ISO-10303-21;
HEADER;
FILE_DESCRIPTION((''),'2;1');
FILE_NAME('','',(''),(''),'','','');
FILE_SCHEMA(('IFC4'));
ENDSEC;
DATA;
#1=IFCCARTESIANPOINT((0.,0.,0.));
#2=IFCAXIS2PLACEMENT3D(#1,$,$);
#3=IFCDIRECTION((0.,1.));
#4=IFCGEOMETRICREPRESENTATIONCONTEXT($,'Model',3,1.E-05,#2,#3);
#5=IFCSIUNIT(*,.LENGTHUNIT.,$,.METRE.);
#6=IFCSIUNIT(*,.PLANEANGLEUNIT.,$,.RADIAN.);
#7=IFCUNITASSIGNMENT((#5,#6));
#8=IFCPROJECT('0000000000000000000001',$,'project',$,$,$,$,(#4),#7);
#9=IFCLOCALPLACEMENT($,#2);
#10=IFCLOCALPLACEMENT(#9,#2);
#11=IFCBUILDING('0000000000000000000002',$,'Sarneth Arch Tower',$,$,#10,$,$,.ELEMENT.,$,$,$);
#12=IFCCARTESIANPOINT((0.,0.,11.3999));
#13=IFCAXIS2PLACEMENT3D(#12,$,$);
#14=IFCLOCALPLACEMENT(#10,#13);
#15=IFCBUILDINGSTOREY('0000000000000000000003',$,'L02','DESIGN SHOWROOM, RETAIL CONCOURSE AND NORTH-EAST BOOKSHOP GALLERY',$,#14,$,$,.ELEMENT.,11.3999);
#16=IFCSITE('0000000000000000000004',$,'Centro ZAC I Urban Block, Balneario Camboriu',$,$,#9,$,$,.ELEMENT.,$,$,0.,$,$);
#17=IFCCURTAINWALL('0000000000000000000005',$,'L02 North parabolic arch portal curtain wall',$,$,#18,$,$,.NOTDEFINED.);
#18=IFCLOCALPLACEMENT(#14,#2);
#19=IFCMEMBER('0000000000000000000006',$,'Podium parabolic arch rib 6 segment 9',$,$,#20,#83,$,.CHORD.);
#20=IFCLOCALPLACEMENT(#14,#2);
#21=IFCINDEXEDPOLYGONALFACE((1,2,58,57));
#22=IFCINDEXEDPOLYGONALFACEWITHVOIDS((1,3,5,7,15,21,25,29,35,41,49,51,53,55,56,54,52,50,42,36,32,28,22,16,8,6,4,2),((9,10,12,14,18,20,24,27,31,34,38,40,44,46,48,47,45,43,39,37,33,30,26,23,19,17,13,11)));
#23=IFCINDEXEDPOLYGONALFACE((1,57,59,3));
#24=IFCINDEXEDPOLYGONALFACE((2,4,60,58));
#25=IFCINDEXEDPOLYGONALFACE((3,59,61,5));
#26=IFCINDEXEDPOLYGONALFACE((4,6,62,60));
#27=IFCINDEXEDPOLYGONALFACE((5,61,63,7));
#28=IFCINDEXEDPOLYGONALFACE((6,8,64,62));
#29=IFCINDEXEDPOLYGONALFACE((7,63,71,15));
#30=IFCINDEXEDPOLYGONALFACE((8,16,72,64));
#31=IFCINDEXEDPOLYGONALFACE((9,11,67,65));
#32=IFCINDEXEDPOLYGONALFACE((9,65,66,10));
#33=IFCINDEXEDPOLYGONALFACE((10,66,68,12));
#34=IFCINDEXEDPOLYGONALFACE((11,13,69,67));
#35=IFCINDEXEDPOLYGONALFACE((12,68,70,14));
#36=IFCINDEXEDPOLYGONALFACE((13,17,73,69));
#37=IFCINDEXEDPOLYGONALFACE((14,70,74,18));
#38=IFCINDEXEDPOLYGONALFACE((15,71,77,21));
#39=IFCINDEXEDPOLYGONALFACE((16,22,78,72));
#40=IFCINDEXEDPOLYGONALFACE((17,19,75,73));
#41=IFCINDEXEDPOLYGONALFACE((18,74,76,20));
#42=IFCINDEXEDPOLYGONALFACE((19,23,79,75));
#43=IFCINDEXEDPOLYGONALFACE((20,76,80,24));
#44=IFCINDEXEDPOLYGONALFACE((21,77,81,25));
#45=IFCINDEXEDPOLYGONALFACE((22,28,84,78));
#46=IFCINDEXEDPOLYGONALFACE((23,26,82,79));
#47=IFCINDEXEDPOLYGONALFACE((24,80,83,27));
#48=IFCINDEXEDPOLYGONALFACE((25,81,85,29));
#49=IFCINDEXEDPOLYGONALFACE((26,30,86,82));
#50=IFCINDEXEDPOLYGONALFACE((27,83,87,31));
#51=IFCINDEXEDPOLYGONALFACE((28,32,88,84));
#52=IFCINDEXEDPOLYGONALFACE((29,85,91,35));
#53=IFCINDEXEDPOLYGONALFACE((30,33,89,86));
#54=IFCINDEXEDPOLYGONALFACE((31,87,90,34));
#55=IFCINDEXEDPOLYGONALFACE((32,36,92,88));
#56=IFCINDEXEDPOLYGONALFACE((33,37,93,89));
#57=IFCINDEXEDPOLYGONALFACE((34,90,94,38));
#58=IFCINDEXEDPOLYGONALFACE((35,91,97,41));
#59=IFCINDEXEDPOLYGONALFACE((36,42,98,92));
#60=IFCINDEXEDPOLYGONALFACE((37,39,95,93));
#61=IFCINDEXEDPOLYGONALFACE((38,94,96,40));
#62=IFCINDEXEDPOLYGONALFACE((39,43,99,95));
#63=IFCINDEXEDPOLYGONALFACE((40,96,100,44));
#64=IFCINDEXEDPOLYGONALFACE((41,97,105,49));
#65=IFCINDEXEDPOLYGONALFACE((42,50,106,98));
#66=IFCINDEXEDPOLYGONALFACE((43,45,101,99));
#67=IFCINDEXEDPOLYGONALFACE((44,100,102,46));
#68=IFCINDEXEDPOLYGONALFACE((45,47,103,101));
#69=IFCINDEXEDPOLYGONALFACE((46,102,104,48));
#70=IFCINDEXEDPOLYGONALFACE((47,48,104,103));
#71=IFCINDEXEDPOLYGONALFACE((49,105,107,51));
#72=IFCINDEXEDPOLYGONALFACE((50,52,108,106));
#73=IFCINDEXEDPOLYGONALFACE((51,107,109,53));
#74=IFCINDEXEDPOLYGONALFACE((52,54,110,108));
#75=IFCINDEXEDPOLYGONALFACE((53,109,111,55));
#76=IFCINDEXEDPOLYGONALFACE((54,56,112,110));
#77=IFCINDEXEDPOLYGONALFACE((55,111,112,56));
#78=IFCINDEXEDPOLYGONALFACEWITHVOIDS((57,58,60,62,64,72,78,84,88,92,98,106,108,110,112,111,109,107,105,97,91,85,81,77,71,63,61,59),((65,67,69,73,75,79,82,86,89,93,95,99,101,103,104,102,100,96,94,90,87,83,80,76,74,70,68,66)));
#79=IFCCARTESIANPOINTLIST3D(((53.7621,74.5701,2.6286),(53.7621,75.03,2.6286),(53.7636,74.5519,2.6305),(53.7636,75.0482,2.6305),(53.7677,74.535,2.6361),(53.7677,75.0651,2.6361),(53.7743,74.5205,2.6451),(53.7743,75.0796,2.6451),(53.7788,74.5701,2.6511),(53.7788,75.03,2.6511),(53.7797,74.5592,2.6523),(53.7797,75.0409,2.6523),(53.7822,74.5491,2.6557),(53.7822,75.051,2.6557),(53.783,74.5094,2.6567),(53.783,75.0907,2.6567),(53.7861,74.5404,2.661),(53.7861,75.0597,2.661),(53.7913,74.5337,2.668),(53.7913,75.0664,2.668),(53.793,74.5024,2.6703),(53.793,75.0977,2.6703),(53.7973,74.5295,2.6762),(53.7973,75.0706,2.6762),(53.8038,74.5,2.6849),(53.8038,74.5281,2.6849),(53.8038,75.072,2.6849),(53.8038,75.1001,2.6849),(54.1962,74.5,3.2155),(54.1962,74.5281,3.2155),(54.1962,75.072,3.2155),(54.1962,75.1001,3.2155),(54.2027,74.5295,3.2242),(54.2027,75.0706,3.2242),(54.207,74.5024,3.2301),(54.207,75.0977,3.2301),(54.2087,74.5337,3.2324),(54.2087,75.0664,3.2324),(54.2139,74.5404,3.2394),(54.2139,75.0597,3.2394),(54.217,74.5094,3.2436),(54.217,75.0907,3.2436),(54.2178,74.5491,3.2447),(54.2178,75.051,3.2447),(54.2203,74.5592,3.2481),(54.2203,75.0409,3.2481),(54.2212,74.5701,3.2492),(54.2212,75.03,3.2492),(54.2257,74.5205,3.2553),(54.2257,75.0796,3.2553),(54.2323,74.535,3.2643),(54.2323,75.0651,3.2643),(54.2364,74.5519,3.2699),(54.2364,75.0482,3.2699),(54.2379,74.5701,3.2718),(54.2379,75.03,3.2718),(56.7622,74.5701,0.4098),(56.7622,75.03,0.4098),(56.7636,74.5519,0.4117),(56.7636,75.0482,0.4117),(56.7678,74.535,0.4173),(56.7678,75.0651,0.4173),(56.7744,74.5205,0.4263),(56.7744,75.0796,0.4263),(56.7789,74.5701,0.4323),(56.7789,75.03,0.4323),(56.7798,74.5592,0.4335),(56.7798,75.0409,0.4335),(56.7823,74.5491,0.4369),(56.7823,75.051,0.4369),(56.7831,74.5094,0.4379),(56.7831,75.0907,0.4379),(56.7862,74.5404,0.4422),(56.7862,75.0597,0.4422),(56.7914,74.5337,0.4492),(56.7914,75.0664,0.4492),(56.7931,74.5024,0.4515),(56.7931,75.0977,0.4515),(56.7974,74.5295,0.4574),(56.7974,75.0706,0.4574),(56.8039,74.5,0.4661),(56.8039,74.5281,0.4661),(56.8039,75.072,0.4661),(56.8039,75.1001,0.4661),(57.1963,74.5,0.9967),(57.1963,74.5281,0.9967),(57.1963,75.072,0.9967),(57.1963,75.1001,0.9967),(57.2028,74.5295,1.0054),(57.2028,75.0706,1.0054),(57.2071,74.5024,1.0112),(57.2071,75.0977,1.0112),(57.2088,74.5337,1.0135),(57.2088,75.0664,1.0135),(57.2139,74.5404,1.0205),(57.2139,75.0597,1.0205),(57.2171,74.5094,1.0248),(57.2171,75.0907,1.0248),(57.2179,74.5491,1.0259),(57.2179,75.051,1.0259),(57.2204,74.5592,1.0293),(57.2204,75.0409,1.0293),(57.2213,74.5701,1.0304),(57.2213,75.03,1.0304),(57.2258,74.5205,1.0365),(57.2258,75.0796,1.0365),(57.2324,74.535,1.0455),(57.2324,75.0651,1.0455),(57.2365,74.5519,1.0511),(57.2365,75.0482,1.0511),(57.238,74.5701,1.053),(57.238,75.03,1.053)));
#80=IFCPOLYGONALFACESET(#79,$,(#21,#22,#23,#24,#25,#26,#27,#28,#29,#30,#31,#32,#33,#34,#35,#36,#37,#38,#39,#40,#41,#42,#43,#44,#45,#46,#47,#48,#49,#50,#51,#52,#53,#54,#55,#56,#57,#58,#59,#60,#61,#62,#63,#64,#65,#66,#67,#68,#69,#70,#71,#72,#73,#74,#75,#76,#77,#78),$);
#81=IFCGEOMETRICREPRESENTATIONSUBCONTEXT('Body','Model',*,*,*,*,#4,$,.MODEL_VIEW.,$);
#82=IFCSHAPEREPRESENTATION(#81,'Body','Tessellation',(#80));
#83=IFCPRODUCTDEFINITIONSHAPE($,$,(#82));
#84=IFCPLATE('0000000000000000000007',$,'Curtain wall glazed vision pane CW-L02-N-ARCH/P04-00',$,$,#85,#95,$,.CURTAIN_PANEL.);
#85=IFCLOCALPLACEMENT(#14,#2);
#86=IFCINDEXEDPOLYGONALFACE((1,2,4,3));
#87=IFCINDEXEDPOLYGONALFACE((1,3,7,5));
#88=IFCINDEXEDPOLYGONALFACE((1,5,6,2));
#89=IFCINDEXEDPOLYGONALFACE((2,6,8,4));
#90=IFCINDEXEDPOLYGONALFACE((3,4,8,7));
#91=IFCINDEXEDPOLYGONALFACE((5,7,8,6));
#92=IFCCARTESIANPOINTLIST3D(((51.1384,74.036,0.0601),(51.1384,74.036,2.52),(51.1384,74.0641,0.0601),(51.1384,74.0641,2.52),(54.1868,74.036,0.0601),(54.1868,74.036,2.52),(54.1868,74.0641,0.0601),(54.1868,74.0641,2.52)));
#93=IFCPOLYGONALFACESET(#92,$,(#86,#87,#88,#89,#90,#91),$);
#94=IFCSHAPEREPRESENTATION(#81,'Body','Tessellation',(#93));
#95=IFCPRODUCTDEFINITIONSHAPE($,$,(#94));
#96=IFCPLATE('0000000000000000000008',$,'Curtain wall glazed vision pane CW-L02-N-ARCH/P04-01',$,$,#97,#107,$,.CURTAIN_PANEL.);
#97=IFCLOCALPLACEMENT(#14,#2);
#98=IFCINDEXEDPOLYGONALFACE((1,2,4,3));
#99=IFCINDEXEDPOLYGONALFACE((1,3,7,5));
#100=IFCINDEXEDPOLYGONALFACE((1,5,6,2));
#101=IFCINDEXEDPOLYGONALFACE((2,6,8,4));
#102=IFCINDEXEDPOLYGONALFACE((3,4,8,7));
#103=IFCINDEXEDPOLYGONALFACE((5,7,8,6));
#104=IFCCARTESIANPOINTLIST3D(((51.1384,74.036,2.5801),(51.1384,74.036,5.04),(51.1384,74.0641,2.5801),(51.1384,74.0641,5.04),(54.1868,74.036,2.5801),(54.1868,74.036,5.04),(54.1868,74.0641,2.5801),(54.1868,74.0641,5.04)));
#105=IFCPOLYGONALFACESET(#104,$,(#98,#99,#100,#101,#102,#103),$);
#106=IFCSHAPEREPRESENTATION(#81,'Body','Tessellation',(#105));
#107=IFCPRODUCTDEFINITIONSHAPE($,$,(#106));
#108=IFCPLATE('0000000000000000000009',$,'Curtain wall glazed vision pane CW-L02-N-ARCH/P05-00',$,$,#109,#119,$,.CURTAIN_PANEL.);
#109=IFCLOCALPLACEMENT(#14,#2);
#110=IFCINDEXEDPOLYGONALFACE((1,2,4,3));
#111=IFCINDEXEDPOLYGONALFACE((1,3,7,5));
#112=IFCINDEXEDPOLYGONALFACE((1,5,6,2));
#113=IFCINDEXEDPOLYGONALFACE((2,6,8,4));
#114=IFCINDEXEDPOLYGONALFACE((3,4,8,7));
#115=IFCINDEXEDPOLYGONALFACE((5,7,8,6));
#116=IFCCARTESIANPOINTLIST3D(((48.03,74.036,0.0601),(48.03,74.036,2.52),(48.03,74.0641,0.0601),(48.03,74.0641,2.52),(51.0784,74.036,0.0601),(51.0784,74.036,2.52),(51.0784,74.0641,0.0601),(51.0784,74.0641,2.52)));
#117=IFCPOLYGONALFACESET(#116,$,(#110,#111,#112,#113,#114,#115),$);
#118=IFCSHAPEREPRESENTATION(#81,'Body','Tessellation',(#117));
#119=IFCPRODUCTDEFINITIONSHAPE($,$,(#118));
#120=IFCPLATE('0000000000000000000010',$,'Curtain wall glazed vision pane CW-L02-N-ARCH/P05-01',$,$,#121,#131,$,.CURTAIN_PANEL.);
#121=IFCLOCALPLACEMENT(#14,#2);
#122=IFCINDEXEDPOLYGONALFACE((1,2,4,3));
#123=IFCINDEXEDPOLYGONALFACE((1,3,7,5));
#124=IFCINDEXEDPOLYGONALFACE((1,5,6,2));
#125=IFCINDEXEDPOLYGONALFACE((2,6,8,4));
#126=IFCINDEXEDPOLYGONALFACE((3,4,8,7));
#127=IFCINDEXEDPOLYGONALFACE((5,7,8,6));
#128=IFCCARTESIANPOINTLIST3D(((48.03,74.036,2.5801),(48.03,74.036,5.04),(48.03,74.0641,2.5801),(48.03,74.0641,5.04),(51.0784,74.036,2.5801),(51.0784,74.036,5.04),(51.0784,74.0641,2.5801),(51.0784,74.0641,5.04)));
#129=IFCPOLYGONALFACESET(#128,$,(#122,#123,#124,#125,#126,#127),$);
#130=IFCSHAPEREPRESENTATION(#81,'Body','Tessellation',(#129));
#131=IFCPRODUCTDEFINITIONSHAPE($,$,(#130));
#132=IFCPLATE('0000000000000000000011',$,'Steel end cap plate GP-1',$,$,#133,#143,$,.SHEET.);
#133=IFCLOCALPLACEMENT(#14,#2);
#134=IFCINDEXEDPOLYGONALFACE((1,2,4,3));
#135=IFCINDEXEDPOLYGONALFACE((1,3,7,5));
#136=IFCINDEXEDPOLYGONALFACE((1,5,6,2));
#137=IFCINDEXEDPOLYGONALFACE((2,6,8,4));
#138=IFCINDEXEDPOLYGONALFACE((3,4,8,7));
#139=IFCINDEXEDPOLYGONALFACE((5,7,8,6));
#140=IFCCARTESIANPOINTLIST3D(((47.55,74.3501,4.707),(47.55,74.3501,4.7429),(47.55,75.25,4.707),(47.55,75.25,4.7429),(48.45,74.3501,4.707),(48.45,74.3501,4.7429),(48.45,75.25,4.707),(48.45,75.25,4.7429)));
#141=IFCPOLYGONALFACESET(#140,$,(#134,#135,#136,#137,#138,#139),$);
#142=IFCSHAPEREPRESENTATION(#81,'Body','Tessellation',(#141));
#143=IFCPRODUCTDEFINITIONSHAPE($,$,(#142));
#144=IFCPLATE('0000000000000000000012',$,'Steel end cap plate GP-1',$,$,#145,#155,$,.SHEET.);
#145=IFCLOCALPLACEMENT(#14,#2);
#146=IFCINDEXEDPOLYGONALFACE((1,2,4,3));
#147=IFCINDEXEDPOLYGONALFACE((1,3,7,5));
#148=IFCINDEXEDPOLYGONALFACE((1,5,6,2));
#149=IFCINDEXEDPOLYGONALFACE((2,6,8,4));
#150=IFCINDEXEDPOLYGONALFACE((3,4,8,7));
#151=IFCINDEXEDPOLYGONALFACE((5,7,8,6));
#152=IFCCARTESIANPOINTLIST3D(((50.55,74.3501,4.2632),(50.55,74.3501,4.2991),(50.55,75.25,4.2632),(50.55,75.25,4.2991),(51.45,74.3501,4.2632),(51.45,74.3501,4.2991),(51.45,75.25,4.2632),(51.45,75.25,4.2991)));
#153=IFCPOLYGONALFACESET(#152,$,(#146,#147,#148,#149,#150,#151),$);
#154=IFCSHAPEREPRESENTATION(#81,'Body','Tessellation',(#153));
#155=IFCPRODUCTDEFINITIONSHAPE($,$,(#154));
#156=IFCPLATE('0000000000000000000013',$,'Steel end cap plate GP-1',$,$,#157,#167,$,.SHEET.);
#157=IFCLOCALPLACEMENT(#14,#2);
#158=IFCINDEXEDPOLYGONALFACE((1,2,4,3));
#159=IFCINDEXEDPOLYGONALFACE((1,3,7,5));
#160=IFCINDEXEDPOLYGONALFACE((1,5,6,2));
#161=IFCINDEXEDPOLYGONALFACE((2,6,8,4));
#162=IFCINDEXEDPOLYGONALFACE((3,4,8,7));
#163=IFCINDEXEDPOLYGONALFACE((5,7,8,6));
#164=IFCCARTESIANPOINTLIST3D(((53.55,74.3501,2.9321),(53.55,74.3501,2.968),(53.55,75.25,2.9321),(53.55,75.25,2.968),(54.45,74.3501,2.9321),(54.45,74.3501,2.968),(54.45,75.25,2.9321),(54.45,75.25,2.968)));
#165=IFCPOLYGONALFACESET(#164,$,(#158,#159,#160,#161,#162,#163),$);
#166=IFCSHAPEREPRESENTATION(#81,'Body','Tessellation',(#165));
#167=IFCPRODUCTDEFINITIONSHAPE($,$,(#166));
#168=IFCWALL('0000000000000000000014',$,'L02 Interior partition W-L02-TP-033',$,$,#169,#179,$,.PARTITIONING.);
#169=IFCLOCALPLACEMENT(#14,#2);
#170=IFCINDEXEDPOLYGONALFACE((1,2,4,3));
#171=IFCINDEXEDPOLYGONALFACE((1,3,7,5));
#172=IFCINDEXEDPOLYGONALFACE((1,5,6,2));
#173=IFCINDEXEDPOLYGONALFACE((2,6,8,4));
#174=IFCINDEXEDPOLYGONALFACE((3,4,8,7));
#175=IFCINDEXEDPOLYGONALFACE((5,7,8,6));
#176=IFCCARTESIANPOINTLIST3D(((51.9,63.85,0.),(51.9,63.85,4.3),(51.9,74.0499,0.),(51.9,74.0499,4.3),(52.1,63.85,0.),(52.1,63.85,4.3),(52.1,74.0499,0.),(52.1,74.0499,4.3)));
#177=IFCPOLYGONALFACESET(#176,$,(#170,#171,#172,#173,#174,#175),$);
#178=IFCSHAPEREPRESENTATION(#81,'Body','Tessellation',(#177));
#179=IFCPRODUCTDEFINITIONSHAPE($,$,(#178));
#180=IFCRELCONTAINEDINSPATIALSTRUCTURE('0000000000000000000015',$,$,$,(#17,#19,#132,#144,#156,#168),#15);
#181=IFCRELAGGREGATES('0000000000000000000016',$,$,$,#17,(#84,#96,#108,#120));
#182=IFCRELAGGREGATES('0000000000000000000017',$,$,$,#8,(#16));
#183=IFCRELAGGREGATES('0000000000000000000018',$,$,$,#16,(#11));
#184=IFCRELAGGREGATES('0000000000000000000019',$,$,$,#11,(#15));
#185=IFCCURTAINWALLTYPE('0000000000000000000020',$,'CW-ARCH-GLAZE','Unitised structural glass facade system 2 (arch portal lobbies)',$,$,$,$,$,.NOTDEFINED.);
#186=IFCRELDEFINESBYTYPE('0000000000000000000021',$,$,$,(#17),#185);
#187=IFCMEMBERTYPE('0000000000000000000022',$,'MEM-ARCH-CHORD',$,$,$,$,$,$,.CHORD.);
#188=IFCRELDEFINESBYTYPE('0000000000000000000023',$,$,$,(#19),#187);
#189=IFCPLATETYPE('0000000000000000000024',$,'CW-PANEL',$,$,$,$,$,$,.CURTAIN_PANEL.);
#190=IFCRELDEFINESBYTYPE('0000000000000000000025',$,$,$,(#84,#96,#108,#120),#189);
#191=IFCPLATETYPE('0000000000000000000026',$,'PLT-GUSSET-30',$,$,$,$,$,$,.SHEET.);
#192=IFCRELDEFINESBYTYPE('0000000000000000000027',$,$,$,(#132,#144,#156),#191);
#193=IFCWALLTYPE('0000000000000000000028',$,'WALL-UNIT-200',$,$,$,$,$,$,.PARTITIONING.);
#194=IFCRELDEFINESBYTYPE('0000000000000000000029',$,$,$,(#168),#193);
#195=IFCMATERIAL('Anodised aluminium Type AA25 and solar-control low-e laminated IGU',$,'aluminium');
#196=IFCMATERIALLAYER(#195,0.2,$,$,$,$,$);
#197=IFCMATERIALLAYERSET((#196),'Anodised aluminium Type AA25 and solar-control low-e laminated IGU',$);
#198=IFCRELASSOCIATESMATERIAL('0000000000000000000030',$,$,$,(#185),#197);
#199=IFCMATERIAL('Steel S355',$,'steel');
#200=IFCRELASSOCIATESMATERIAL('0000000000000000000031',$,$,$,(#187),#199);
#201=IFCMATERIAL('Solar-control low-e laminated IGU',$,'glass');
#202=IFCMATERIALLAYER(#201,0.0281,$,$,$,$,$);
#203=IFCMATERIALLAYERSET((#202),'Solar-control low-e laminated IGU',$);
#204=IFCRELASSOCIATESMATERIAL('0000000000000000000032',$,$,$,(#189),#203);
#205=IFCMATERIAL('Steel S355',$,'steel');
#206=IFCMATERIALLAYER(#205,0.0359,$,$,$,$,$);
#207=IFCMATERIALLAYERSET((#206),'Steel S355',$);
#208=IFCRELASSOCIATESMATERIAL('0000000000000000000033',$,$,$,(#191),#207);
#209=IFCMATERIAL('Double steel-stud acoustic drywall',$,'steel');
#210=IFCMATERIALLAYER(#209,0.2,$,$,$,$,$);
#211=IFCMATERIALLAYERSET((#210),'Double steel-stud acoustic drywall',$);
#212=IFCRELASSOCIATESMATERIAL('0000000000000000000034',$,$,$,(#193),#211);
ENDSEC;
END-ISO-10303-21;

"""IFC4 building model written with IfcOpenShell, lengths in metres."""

from ifc_helpers import new_model, si_unit, direction, frame, frame_2d, origin, origin_2d, place, context, subcontext, project, spatial, rectangle, hollow_rectangle, extrude, material, layer, layer_set, material_profile, profile_set, type_object, element, aggregate, save


model = new_model("IFC4")

# Units and contexts
model_context = context("Model", 3, precision=1e-05, world=origin(), true_north=direction((0.0, 1.0)))
body_context = subcontext(model_context, "Body", "Model", "MODEL_VIEW")
ifc_project = project(units=[si_unit("LENGTHUNIT", "METRE"), si_unit("PLANEANGLEUNIT", "RADIAN")], contexts=[model_context])

# Site, building, storey
site_placement = place(None, origin())
site = spatial("IfcSite", under=ifc_project, at=site_placement, Name="Centro ZAC I Urban Block, Balneario Camboriu", CompositionType="ELEMENT", RefElevation=0.0)
building_placement = place(site_placement, origin())
building = spatial("IfcBuilding", under=site, at=building_placement, Name="Sarneth Arch Tower", CompositionType="ELEMENT")
storey_placement = place(building_placement, frame((0.0, 0.0, 11.3999)))
storey = spatial("IfcBuildingStorey", under=building, at=storey_placement, Name="L02", Description="DESIGN SHOWROOM, RETAIL CONCOURSE AND NORTH-EAST BOOKSHOP GALLERY", CompositionType="ELEMENT", Elevation=11.3999)

# Curtain wall
ifc_material_1 = material(Name="Anodised aluminium Type AA25 and solar-control low-e laminated IGU", Category="aluminium")
ifc_layer_1 = layer(ifc_material_1, 0.2)
ifc_layer_set_1 = layer_set([ifc_layer_1], Name="Anodised aluminium Type AA25 and solar-control low-e laminated IGU")
curtain_wall_type = type_object("IfcCurtainWallType", Name="CW-ARCH-GLAZE", Description="Unitised structural glass facade system 2 (arch portal lobbies)", PredefinedType="NOTDEFINED", material=ifc_layer_set_1)
curtain_wall_placement = place(storey_placement, origin())
curtain_wall = element("IfcCurtainWall", 1, at=curtain_wall_placement, inside=storey, type_object=curtain_wall_type, Name="L02 North parabolic arch portal curtain wall", PredefinedType="NOTDEFINED")

# Member
ifc_material_2 = material(Name="Steel S355", Category="steel")
ifc_material_profile_1 = material_profile(ifc_material_2, hollow_rectangle(XDim=0.6001, YDim=0.8, WallThickness=0.0281, InnerFilletRadius=0.042, OuterFilletRadius=0.0701, at=origin_2d()), Name="RHS800x600x28")
ifc_profile_set_1 = profile_set([ifc_material_profile_1], Name="Steel S355")
member_type_1 = type_object("IfcMemberType", Name="MEM-ARCH-CHORD", PredefinedType="CHORD", material=ifc_profile_set_1)
member_1_placement = place(storey_placement, frame((54.0, 74.8, 2.9502), z_axis=(0.804002, 0.0, -0.594627), x_axis=(0.0, 1.0, 0.0)))
element("IfcMember", 2, at=member_1_placement, inside=storey, type_object=member_type_1, Name="Podium parabolic arch rib 6 segment 9", PredefinedType="CHORD", context=body_context, shape_type="SweptSolid", body=[
    extrude(hollow_rectangle(XDim=0.6001, YDim=0.8, WallThickness=0.0281, InnerFilletRadius=0.042, OuterFilletRadius=0.0701, at=origin_2d()), origin(), (0.0, 0.0, 1.0), 3.7314),
])

# Plates
ifc_material_3 = material(Name="Solar-control low-e laminated IGU", Category="glass")
ifc_layer_2 = layer(ifc_material_3, 0.0281)
ifc_layer_set_2 = layer_set([ifc_layer_2], Name="Solar-control low-e laminated IGU")
plate_type_1 = type_object("IfcPlateType", Name="CW-PANEL", PredefinedType="CURTAIN_PANEL", material=ifc_layer_set_2)
plate_1_placement = place(storey_placement, frame((52.6626, 74.05, 0.0601), z_axis=(0.0, 0.0, 1.0), x_axis=(-1.0, 0.0, 0.0)))
plate_1 = element("IfcPlate", 3, at=plate_1_placement, type_object=plate_type_1, Name="Curtain wall glazed vision pane CW-L02-N-ARCH/P04-00", PredefinedType="CURTAIN_PANEL", context=body_context, shape_type="SweptSolid", body=[
    extrude(rectangle(XDim=3.0483, YDim=0.0281, at=origin_2d()), origin(), (0.0, 0.0, 1.0), 2.46),
])
plate_2_placement = place(storey_placement, frame((52.6626, 74.05, 2.5801), z_axis=(0.0, 0.0, 1.0), x_axis=(-1.0, 0.0, 0.0)))
plate_2 = element("IfcPlate", 4, at=plate_2_placement, type_object=plate_type_1, Name="Curtain wall glazed vision pane CW-L02-N-ARCH/P04-01", PredefinedType="CURTAIN_PANEL", context=body_context, shape_type="SweptSolid", body=[
    extrude(rectangle(XDim=3.0483, YDim=0.0281, at=origin_2d()), origin(), (0.0, 0.0, 1.0), 2.46),
])
plate_3_placement = place(storey_placement, frame((49.5542, 74.05, 0.0601), z_axis=(0.0, 0.0, 1.0), x_axis=(-1.0, 0.0, 0.0)))
plate_3 = element("IfcPlate", 5, at=plate_3_placement, type_object=plate_type_1, Name="Curtain wall glazed vision pane CW-L02-N-ARCH/P05-00", PredefinedType="CURTAIN_PANEL", context=body_context, shape_type="SweptSolid", body=[
    extrude(rectangle(XDim=3.0483, YDim=0.0281, at=origin_2d()), origin(), (0.0, 0.0, 1.0), 2.46),
])
plate_4_placement = place(storey_placement, frame((49.5542, 74.05, 2.5801), z_axis=(0.0, 0.0, 1.0), x_axis=(-1.0, 0.0, 0.0)))
plate_4 = element("IfcPlate", 6, at=plate_4_placement, type_object=plate_type_1, Name="Curtain wall glazed vision pane CW-L02-N-ARCH/P05-01", PredefinedType="CURTAIN_PANEL", context=body_context, shape_type="SweptSolid", body=[
    extrude(rectangle(XDim=3.0483, YDim=0.0281, at=origin_2d()), origin(), (0.0, 0.0, 1.0), 2.46),
])
aggregate(curtain_wall, [plate_1, plate_2, plate_3, plate_4])

# Plates
ifc_material_4 = material(Name="Steel S355", Category="steel")
ifc_layer_3 = layer(ifc_material_4, 0.0359)
ifc_layer_set_3 = layer_set([ifc_layer_3], Name="Steel S355")
plate_type_2 = type_object("IfcPlateType", Name="PLT-GUSSET-30", PredefinedType="SHEET", material=ifc_layer_set_3)
for number, where, z_axis, x_axis, name in (
    (7, (48.0, 74.8, 4.707), (0.0, 0.0, 1.0), (-1.0, 0.0, 0.0), "Steel end cap plate GP-1"),
    (8, (51.0, 74.8, 4.2632), (0.0, 0.0, 1.0), (-1.0, 0.0, 0.0), "Steel end cap plate GP-1"),
    (9, (54.0, 74.8, 2.9321), (0.0, 0.0, 1.0), (-1.0, 0.0, 0.0), "Steel end cap plate GP-1"),
):
    element("IfcPlate", number, at=place(storey_placement, frame(where, z_axis=z_axis, x_axis=x_axis)), inside=storey, type_object=plate_type_2, Name=name, PredefinedType="SHEET", context=body_context, shape_type="SweptSolid", body=[
        extrude(rectangle(XDim=0.8999, YDim=0.8999, at=origin_2d()), origin(), (0.0, 0.0, 1.0), 0.0359),
    ])

# Wall
ifc_material_5 = material(Name="Double steel-stud acoustic drywall", Category="steel")
ifc_layer_4 = layer(ifc_material_5, 0.2)
ifc_layer_set_4 = layer_set([ifc_layer_4], Name="Double steel-stud acoustic drywall")
wall_type = type_object("IfcWallType", Name="WALL-UNIT-200", PredefinedType="PARTITIONING", material=ifc_layer_set_4)
wall_placement = place(storey_placement, frame((52.0, 74.05, 0.0), z_axis=(0.0, 0.0, 1.0), x_axis=(0.0, -1.0, 0.0)))
element("IfcWall", 10, at=wall_placement, inside=storey, type_object=wall_type, Name="L02 Interior partition W-L02-TP-033", PredefinedType="PARTITIONING", context=body_context, shape_type="SweptSolid", body=[
    extrude(rectangle(XDim=10.2, YDim=0.2, at=frame_2d((5.1001, 0.0))), origin(), (0.0, 0.0, 1.0), 4.3),
])

save(model, "model.ifc")
